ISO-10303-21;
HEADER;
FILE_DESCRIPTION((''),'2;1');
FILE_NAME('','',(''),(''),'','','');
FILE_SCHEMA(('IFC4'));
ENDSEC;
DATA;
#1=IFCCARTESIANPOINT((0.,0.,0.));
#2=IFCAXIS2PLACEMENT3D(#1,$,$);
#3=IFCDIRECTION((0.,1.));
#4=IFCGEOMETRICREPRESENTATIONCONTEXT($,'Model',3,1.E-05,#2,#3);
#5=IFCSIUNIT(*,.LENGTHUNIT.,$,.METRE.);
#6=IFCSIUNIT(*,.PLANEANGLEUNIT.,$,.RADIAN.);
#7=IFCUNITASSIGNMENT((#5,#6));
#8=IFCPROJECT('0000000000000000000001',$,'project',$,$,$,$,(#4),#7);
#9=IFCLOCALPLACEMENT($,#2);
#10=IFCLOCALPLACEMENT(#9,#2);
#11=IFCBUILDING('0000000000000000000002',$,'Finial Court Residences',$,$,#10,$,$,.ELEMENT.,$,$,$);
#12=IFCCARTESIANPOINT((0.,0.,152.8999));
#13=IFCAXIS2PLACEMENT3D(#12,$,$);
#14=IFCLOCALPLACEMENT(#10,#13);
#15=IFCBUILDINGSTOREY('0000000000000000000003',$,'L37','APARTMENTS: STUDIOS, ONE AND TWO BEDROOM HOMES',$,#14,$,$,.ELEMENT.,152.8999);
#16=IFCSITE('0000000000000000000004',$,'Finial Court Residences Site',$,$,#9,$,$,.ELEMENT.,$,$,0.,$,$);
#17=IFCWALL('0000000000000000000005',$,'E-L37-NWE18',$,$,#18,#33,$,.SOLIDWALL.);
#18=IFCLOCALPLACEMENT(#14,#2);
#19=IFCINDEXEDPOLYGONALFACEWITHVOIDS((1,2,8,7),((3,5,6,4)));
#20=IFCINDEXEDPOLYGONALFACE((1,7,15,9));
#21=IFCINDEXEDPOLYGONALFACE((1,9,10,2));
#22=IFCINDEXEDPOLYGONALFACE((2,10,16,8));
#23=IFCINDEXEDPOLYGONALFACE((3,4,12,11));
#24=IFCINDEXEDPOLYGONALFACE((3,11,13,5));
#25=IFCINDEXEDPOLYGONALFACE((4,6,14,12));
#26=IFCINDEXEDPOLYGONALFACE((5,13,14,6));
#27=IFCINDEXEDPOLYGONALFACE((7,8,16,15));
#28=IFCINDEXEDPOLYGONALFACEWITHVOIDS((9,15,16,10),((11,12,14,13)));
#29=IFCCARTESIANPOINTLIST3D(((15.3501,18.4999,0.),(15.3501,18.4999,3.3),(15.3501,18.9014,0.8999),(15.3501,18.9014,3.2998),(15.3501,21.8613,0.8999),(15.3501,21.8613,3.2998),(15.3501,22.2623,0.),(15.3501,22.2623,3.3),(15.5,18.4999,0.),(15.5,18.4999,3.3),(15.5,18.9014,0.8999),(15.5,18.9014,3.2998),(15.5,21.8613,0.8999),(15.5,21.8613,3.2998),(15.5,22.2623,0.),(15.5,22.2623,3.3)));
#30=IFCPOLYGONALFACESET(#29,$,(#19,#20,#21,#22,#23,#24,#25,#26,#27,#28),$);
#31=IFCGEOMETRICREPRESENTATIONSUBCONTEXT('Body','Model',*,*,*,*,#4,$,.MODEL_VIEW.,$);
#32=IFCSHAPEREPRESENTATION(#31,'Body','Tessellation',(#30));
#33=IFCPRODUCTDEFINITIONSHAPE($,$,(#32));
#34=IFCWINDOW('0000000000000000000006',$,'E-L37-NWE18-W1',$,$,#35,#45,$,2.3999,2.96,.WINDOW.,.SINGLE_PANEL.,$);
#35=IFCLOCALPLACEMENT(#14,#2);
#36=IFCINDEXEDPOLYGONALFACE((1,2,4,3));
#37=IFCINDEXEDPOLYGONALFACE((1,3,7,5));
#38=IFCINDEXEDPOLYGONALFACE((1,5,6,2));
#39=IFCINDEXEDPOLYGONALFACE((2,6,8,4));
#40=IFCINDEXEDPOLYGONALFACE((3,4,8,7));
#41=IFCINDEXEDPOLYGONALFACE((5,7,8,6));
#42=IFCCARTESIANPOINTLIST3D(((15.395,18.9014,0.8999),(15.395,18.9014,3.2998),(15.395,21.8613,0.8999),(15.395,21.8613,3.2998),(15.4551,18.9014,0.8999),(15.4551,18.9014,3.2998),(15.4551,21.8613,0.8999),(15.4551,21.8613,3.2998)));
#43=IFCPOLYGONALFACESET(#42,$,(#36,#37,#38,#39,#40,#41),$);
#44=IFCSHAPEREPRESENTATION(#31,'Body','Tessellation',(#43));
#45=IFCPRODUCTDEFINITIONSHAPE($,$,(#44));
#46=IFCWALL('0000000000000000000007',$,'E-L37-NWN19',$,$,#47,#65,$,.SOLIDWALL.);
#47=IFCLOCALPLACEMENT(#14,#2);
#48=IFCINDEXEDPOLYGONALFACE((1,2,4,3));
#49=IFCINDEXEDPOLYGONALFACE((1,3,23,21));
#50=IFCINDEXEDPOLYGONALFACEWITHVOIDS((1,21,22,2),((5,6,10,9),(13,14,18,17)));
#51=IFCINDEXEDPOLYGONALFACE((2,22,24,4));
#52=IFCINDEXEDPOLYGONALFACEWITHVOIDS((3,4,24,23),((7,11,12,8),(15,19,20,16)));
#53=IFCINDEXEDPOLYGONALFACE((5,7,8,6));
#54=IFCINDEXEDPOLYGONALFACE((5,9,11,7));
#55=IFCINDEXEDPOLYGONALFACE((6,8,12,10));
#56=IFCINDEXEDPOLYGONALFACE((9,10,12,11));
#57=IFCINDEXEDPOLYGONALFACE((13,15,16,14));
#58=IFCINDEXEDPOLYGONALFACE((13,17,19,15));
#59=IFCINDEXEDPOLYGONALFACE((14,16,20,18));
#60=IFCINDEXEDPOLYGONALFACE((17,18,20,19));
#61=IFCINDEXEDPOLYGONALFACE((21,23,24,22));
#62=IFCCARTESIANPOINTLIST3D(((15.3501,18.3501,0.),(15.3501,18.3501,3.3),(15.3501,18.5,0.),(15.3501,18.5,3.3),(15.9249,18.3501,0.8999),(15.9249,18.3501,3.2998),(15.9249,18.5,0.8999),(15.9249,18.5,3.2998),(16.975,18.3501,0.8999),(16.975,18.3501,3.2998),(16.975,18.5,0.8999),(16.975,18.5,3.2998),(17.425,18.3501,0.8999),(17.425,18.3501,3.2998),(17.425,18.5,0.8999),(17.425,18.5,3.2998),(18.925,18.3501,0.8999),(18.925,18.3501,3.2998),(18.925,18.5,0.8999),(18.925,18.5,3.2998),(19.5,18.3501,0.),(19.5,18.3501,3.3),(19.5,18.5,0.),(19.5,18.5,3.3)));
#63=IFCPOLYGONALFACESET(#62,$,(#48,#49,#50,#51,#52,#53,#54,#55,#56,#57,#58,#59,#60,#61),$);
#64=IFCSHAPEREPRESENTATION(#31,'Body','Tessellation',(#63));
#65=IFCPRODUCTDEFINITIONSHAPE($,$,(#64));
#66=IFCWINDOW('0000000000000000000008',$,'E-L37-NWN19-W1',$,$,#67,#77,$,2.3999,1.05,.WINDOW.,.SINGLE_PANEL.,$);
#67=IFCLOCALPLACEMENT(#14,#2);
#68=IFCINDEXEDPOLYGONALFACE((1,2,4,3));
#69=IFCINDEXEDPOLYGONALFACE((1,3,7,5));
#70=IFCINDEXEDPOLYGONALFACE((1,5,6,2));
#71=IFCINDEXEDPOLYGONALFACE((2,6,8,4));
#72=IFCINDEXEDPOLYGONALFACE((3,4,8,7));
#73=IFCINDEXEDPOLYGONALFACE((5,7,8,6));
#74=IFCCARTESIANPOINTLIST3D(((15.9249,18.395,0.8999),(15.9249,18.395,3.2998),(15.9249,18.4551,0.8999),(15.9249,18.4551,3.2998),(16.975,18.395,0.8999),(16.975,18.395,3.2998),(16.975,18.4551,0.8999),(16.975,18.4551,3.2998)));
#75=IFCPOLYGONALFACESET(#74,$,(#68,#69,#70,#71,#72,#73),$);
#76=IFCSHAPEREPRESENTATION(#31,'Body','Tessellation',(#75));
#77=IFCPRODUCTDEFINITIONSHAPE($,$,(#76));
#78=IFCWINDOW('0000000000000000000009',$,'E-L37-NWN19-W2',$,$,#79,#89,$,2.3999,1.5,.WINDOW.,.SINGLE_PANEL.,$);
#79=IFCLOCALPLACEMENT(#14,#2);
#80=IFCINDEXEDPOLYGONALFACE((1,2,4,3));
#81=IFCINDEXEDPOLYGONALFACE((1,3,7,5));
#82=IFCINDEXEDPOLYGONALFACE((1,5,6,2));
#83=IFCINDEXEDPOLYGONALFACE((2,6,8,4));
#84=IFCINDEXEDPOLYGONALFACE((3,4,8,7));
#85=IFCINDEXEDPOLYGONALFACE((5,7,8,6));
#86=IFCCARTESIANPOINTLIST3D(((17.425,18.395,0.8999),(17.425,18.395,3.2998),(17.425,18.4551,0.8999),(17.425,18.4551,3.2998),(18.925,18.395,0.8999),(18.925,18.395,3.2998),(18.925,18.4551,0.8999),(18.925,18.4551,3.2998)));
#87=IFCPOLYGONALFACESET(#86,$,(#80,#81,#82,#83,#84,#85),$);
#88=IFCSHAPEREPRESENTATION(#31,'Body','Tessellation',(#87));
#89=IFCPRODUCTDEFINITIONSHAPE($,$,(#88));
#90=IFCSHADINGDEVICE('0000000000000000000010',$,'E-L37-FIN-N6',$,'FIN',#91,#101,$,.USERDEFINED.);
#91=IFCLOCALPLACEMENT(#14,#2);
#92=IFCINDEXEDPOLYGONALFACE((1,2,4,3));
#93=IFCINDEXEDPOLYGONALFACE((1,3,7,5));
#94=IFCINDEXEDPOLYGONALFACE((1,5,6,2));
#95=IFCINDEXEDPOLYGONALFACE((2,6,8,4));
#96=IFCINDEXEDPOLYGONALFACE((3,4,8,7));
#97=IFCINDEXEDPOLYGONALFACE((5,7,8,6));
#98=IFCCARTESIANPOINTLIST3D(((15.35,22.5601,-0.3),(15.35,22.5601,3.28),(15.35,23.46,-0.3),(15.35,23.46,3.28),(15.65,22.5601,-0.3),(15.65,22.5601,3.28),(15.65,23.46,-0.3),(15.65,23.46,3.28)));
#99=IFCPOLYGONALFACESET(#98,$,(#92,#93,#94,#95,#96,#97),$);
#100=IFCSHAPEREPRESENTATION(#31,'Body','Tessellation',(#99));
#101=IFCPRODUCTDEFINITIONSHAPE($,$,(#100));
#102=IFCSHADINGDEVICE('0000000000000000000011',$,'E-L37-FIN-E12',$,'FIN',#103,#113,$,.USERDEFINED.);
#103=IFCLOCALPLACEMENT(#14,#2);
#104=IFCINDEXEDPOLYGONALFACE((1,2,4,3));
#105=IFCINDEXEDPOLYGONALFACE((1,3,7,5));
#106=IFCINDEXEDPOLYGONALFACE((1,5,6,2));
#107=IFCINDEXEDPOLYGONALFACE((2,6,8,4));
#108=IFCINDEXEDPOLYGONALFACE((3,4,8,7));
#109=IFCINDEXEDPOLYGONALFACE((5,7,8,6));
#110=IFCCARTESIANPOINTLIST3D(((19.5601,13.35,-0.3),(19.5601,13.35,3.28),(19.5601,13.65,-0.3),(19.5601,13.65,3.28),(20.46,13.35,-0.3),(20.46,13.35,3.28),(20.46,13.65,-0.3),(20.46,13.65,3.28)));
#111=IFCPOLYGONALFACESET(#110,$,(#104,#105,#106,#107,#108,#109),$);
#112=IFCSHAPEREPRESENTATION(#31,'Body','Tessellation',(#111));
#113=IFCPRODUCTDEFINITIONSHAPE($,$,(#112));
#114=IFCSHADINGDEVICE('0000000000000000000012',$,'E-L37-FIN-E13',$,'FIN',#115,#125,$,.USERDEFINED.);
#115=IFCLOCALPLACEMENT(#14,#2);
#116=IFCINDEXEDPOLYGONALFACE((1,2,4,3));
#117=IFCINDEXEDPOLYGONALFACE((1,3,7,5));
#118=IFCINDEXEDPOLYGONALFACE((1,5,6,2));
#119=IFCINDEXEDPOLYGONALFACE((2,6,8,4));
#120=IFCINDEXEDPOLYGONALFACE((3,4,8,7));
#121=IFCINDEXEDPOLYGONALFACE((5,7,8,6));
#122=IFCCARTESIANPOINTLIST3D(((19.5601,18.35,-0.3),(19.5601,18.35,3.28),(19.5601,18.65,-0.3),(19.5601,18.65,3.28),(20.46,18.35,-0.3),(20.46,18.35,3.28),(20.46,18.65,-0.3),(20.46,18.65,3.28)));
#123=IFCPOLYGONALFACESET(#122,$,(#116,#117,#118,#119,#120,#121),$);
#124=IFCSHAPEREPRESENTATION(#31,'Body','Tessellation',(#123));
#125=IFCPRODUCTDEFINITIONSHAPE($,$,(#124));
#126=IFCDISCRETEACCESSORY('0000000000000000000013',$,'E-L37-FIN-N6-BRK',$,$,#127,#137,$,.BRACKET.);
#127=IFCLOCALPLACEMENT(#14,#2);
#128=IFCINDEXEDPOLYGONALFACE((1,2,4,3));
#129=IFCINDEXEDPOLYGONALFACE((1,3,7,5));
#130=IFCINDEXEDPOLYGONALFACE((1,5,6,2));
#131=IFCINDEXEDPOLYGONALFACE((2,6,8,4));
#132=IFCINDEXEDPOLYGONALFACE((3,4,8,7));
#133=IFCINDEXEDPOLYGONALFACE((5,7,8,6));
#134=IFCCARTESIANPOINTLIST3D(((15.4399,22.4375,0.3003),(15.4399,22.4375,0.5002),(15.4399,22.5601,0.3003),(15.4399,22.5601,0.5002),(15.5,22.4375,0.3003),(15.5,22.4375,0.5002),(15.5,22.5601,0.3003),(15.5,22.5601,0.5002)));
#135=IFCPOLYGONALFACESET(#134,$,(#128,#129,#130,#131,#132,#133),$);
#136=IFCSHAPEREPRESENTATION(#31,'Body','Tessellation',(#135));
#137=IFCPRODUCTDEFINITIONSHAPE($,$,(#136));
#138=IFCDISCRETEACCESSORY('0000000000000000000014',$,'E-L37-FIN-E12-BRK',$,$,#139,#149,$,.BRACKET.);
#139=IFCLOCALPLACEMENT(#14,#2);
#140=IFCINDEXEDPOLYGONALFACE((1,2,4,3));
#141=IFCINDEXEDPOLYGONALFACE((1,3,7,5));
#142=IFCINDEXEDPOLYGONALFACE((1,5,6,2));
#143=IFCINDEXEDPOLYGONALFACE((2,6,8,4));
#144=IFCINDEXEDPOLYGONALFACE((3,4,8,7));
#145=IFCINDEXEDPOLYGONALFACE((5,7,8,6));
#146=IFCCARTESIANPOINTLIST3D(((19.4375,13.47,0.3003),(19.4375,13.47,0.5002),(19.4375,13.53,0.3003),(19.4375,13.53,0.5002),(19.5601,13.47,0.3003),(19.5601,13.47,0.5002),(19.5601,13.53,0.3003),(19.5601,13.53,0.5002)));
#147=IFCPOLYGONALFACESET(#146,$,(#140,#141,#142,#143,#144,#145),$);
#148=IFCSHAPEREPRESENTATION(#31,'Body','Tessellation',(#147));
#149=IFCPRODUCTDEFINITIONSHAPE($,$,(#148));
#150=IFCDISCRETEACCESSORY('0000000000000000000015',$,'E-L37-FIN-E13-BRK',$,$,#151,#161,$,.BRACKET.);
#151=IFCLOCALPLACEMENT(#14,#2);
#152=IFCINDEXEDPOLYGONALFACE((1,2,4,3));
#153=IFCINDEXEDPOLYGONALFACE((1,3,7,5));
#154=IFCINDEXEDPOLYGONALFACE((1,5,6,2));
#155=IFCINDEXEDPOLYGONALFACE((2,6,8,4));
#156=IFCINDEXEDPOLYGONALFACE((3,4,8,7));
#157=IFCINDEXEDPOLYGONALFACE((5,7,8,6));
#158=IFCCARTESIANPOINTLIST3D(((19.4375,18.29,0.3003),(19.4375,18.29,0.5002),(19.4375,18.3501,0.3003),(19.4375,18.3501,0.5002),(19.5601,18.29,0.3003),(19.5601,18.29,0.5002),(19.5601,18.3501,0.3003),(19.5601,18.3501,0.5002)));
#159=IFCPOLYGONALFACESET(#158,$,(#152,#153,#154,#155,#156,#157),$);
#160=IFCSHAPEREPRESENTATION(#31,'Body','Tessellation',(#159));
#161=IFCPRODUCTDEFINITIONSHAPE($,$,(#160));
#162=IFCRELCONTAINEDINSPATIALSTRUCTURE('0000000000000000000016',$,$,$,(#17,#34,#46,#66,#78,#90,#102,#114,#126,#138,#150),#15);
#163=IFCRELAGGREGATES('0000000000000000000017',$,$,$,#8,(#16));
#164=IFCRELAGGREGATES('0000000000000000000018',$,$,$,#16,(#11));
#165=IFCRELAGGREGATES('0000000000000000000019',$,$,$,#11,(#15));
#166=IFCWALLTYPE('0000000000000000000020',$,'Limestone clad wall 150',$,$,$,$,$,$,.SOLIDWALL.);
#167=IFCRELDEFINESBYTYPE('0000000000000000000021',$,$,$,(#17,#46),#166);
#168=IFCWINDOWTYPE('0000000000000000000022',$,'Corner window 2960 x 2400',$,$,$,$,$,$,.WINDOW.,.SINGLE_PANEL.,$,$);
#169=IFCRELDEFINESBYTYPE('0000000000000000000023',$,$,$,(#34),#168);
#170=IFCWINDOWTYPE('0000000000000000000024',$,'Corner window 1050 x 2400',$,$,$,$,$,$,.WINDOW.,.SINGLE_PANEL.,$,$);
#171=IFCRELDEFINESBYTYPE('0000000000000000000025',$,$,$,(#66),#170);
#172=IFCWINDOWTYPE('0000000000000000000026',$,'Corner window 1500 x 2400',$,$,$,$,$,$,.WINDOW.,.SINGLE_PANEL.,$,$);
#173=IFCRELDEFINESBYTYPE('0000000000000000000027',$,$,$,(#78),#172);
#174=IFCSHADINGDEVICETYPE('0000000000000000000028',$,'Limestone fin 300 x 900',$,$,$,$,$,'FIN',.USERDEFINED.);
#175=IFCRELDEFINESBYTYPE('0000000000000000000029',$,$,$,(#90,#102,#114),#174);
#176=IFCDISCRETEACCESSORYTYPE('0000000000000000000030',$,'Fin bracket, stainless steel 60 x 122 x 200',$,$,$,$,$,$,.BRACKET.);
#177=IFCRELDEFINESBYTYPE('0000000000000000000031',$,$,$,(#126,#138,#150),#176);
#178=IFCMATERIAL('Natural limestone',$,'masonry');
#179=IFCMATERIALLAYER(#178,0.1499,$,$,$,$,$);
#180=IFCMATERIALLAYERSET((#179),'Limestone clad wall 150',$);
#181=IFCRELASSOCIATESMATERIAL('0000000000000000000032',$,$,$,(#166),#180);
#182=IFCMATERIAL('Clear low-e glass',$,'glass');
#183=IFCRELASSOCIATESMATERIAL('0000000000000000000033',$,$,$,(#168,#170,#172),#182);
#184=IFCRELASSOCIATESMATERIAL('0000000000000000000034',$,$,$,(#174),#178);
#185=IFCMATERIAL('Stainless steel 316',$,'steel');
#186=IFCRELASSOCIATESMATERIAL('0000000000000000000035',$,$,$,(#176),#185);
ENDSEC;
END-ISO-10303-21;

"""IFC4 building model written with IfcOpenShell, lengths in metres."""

from ifc_helpers import new_model, si_unit, direction, frame, frame_2d, origin, origin_2d, place, context, subcontext, project, spatial, rectangle, extrude, material, layer, layer_set, type_object, element, fill, save


model = new_model("IFC4")

# Units and contexts
model_context = context("Model", 3, precision=1e-05, world=origin(), true_north=direction((0.0, 1.0)))
body_context = subcontext(model_context, "Body", "Model", "MODEL_VIEW")
ifc_project = project(units=[si_unit("LENGTHUNIT", "METRE"), si_unit("PLANEANGLEUNIT", "RADIAN")], contexts=[model_context])

# Site, building, storey
site_placement = place(None, origin())
site = spatial("IfcSite", under=ifc_project, at=site_placement, Name="Finial Court Residences Site", CompositionType="ELEMENT", RefElevation=0.0)
building_placement = place(site_placement, origin())
building = spatial("IfcBuilding", under=site, at=building_placement, Name="Finial Court Residences", CompositionType="ELEMENT")
storey_placement = place(building_placement, frame((0.0, 0.0, 152.8999)))
storey = spatial("IfcBuildingStorey", under=building, at=storey_placement, Name="L37", Description="APARTMENTS: STUDIOS, ONE AND TWO BEDROOM HOMES", CompositionType="ELEMENT", Elevation=152.8999)

# Shared definitions
ifc_material_1 = material(Name="Clear low-e glass", Category="glass")

# Wall, opening, window
ifc_material_2 = material(Name="Natural limestone", Category="masonry")
ifc_layer_1 = layer(ifc_material_2, 0.1499)
ifc_layer_set_1 = layer_set([ifc_layer_1], Name="Limestone clad wall 150")
wall_type_1 = type_object("IfcWallType", Name="Limestone clad wall 150", PredefinedType="SOLIDWALL", material=ifc_layer_set_1)
wall_1_placement = place(storey_placement, frame((15.425, 22.2625, 0.0), z_axis=(0.0, 0.0, 1.0), x_axis=(0.0, -1.0, 0.0)))
wall_1 = element("IfcWall", 1, at=wall_1_placement, inside=storey, type_object=wall_type_1, Name="E-L37-NWE18", PredefinedType="SOLIDWALL", context=body_context, shape_type="SweptSolid", body=[
    extrude(rectangle(XDim=3.7625, YDim=0.1499, at=frame_2d((1.8813, 0.0))), origin(), (0.0, 0.0, 1.0), 3.3),
])
opening_1_placement = place(wall_1_placement, frame((0.4011, 0.0, 0.8999)))
opening_1 = element("IfcOpeningElement", 2, at=opening_1_placement, cuts=wall_1, PredefinedType="OPENING", context=body_context, shape_type="SweptSolid", body=[
    extrude(rectangle(XDim=2.96, YDim=2.3999, at=frame_2d((1.48, 1.2))), frame((0.0, 0.085, 0.0), z_axis=(0.0, -1.0, 0.0), x_axis=(1.0, 0.0, 0.0)), (0.0, 0.0, 1.0), 0.1699),
])
window_type_1 = type_object("IfcWindowType", Name="Corner window 2960 x 2400", PartitioningType="SINGLE_PANEL", PredefinedType="WINDOW", material=ifc_material_1)
window_1_placement = place(opening_1_placement, origin())
window_1 = element("IfcWindow", 3, at=window_1_placement, inside=storey, type_object=window_type_1, Name="E-L37-NWE18-W1", OverallHeight=2.3999, OverallWidth=2.96, PartitioningType="SINGLE_PANEL", PredefinedType="WINDOW", context=body_context, shape_type="SweptSolid", body=[
    extrude(rectangle(XDim=2.96, YDim=2.3999, at=frame_2d((1.48, 1.2))), frame((0.0, 0.03, 0.0), z_axis=(0.0, -1.0, 0.0), x_axis=(1.0, 0.0, 0.0)), (0.0, 0.0, 1.0), 0.0601),
])
fill(opening_1, window_1)

# Wall, openings, windows
wall_2_placement = place(storey_placement, frame((15.3501, 18.425, 0.0), z_axis=(0.0, 0.0, 1.0), x_axis=(1.0, 0.0, 0.0)))
wall_2 = element("IfcWall", 4, at=wall_2_placement, inside=storey, type_object=wall_type_1, Name="E-L37-NWN19", PredefinedType="SOLIDWALL", context=body_context, shape_type="SweptSolid", body=[
    extrude(rectangle(XDim=4.1499, YDim=0.1499, at=frame_2d((2.075, 0.0))), origin(), (0.0, 0.0, 1.0), 3.3),
])
opening_2_placement = place(wall_2_placement, frame((0.575, 0.0, 0.8999)))
opening_2 = element("IfcOpeningElement", 5, at=opening_2_placement, cuts=wall_2, PredefinedType="OPENING", context=body_context, shape_type="SweptSolid", body=[
    extrude(rectangle(XDim=1.05, YDim=2.3999, at=frame_2d((0.5249, 1.2))), frame((0.0, 0.085, 0.0), z_axis=(0.0, -1.0, 0.0), x_axis=(1.0, 0.0, 0.0)), (0.0, 0.0, 1.0), 0.1699),
])
opening_3_placement = place(wall_2_placement, frame((2.075, 0.0, 0.8999)))
opening_3 = element("IfcOpeningElement", 6, at=opening_3_placement, cuts=wall_2, PredefinedType="OPENING", context=body_context, shape_type="SweptSolid", body=[
    extrude(rectangle(XDim=1.5, YDim=2.3999, at=frame_2d((0.75, 1.2))), frame((0.0, 0.085, 0.0), z_axis=(0.0, -1.0, 0.0), x_axis=(1.0, 0.0, 0.0)), (0.0, 0.0, 1.0), 0.1699),
])
window_type_2 = type_object("IfcWindowType", Name="Corner window 1050 x 2400", PartitioningType="SINGLE_PANEL", PredefinedType="WINDOW", material=ifc_material_1)
window_2_placement = place(opening_2_placement, origin())
window_2 = element("IfcWindow", 7, at=window_2_placement, inside=storey, type_object=window_type_2, Name="E-L37-NWN19-W1", OverallHeight=2.3999, OverallWidth=1.05, PartitioningType="SINGLE_PANEL", PredefinedType="WINDOW", context=body_context, shape_type="SweptSolid", body=[
    extrude(rectangle(XDim=1.05, YDim=2.3999, at=frame_2d((0.5249, 1.2))), frame((0.0, 0.03, 0.0), z_axis=(0.0, -1.0, 0.0), x_axis=(1.0, 0.0, 0.0)), (0.0, 0.0, 1.0), 0.0601),
])
fill(opening_2, window_2)
window_type_3 = type_object("IfcWindowType", Name="Corner window 1500 x 2400", PartitioningType="SINGLE_PANEL", PredefinedType="WINDOW", material=ifc_material_1)
window_3_placement = place(opening_3_placement, origin())
window_3 = element("IfcWindow", 8, at=window_3_placement, inside=storey, type_object=window_type_3, Name="E-L37-NWN19-W2", OverallHeight=2.3999, OverallWidth=1.5, PartitioningType="SINGLE_PANEL", PredefinedType="WINDOW", context=body_context, shape_type="SweptSolid", body=[
    extrude(rectangle(XDim=1.5, YDim=2.3999, at=frame_2d((0.75, 1.2))), frame((0.0, 0.03, 0.0), z_axis=(0.0, -1.0, 0.0), x_axis=(1.0, 0.0, 0.0)), (0.0, 0.0, 1.0), 0.0601),
])
fill(opening_3, window_3)

# Shading devices
shading_device_type = type_object("IfcShadingDeviceType", Name="Limestone fin 300 x 900", ElementType="FIN", PredefinedType="USERDEFINED", material=ifc_material_2)
shading_device_placement = place(storey_placement, frame((15.5, 23.01, -0.3), z_axis=(0.0, 0.0, 1.0), x_axis=(1.0, 0.0, 0.0)))
element("IfcShadingDevice", 9, at=shading_device_placement, inside=storey, type_object=shading_device_type, Name="E-L37-FIN-N6", ObjectType="FIN", PredefinedType="USERDEFINED", context=body_context, shape_type="SweptSolid", body=[
    extrude(rectangle(XDim=0.3, YDim=0.8999, at=origin_2d()), origin(), (0.0, 0.0, 1.0), 3.5801),
])
for number, where, z_axis, x_axis, name in (
    (10, (20.01, 13.5, -0.3), (0.0, 0.0, 1.0), (1.0, 0.0, 0.0), "E-L37-FIN-E12"),
    (11, (20.01, 18.5, -0.3), (0.0, 0.0, 1.0), (1.0, 0.0, 0.0), "E-L37-FIN-E13"),
):
    element("IfcShadingDevice", number, at=place(storey_placement, frame(where, z_axis=z_axis, x_axis=x_axis)), inside=storey, type_object=shading_device_type, Name=name, ObjectType="FIN", PredefinedType="USERDEFINED", context=body_context, shape_type="SweptSolid", body=[
        extrude(rectangle(XDim=0.8999, YDim=0.3, at=origin_2d()), origin(), (0.0, 0.0, 1.0), 3.5801),
    ])

# Discrete accessories
ifc_material_3 = material(Name="Stainless steel 316", Category="steel")
discrete_accessory_type = type_object("IfcDiscreteAccessoryType", Name="Fin bracket, stainless steel 60 x 122 x 200", PredefinedType="BRACKET", material=ifc_material_3)
discrete_accessory_placement = place(storey_placement, frame((15.47, 22.4988, 0.3003), z_axis=(0.0, 0.0, 1.0), x_axis=(1.0, 0.0, 0.0)))
element("IfcDiscreteAccessory", 12, at=discrete_accessory_placement, inside=storey, type_object=discrete_accessory_type, Name="E-L37-FIN-N6-BRK", PredefinedType="BRACKET", context=body_context, shape_type="SweptSolid", body=[
    extrude(rectangle(XDim=0.0601, YDim=0.1226, at=origin_2d()), origin(), (0.0, 0.0, 1.0), 0.2),
])
for number, where, z_axis, x_axis, name in (
    (13, (19.4988, 13.5, 0.3003), (0.0, 0.0, 1.0), (1.0, 0.0, 0.0), "E-L37-FIN-E12-BRK"),
    (14, (19.4988, 18.3201, 0.3003), (0.0, 0.0, 1.0), (1.0, 0.0, 0.0), "E-L37-FIN-E13-BRK"),
):
    element("IfcDiscreteAccessory", number, at=place(storey_placement, frame(where, z_axis=z_axis, x_axis=x_axis)), inside=storey, type_object=discrete_accessory_type, Name=name, PredefinedType="BRACKET", context=body_context, shape_type="SweptSolid", body=[
        extrude(rectangle(XDim=0.1226, YDim=0.0601, at=origin_2d()), origin(), (0.0, 0.0, 1.0), 0.2),
    ])

save(model, "model.ifc")
